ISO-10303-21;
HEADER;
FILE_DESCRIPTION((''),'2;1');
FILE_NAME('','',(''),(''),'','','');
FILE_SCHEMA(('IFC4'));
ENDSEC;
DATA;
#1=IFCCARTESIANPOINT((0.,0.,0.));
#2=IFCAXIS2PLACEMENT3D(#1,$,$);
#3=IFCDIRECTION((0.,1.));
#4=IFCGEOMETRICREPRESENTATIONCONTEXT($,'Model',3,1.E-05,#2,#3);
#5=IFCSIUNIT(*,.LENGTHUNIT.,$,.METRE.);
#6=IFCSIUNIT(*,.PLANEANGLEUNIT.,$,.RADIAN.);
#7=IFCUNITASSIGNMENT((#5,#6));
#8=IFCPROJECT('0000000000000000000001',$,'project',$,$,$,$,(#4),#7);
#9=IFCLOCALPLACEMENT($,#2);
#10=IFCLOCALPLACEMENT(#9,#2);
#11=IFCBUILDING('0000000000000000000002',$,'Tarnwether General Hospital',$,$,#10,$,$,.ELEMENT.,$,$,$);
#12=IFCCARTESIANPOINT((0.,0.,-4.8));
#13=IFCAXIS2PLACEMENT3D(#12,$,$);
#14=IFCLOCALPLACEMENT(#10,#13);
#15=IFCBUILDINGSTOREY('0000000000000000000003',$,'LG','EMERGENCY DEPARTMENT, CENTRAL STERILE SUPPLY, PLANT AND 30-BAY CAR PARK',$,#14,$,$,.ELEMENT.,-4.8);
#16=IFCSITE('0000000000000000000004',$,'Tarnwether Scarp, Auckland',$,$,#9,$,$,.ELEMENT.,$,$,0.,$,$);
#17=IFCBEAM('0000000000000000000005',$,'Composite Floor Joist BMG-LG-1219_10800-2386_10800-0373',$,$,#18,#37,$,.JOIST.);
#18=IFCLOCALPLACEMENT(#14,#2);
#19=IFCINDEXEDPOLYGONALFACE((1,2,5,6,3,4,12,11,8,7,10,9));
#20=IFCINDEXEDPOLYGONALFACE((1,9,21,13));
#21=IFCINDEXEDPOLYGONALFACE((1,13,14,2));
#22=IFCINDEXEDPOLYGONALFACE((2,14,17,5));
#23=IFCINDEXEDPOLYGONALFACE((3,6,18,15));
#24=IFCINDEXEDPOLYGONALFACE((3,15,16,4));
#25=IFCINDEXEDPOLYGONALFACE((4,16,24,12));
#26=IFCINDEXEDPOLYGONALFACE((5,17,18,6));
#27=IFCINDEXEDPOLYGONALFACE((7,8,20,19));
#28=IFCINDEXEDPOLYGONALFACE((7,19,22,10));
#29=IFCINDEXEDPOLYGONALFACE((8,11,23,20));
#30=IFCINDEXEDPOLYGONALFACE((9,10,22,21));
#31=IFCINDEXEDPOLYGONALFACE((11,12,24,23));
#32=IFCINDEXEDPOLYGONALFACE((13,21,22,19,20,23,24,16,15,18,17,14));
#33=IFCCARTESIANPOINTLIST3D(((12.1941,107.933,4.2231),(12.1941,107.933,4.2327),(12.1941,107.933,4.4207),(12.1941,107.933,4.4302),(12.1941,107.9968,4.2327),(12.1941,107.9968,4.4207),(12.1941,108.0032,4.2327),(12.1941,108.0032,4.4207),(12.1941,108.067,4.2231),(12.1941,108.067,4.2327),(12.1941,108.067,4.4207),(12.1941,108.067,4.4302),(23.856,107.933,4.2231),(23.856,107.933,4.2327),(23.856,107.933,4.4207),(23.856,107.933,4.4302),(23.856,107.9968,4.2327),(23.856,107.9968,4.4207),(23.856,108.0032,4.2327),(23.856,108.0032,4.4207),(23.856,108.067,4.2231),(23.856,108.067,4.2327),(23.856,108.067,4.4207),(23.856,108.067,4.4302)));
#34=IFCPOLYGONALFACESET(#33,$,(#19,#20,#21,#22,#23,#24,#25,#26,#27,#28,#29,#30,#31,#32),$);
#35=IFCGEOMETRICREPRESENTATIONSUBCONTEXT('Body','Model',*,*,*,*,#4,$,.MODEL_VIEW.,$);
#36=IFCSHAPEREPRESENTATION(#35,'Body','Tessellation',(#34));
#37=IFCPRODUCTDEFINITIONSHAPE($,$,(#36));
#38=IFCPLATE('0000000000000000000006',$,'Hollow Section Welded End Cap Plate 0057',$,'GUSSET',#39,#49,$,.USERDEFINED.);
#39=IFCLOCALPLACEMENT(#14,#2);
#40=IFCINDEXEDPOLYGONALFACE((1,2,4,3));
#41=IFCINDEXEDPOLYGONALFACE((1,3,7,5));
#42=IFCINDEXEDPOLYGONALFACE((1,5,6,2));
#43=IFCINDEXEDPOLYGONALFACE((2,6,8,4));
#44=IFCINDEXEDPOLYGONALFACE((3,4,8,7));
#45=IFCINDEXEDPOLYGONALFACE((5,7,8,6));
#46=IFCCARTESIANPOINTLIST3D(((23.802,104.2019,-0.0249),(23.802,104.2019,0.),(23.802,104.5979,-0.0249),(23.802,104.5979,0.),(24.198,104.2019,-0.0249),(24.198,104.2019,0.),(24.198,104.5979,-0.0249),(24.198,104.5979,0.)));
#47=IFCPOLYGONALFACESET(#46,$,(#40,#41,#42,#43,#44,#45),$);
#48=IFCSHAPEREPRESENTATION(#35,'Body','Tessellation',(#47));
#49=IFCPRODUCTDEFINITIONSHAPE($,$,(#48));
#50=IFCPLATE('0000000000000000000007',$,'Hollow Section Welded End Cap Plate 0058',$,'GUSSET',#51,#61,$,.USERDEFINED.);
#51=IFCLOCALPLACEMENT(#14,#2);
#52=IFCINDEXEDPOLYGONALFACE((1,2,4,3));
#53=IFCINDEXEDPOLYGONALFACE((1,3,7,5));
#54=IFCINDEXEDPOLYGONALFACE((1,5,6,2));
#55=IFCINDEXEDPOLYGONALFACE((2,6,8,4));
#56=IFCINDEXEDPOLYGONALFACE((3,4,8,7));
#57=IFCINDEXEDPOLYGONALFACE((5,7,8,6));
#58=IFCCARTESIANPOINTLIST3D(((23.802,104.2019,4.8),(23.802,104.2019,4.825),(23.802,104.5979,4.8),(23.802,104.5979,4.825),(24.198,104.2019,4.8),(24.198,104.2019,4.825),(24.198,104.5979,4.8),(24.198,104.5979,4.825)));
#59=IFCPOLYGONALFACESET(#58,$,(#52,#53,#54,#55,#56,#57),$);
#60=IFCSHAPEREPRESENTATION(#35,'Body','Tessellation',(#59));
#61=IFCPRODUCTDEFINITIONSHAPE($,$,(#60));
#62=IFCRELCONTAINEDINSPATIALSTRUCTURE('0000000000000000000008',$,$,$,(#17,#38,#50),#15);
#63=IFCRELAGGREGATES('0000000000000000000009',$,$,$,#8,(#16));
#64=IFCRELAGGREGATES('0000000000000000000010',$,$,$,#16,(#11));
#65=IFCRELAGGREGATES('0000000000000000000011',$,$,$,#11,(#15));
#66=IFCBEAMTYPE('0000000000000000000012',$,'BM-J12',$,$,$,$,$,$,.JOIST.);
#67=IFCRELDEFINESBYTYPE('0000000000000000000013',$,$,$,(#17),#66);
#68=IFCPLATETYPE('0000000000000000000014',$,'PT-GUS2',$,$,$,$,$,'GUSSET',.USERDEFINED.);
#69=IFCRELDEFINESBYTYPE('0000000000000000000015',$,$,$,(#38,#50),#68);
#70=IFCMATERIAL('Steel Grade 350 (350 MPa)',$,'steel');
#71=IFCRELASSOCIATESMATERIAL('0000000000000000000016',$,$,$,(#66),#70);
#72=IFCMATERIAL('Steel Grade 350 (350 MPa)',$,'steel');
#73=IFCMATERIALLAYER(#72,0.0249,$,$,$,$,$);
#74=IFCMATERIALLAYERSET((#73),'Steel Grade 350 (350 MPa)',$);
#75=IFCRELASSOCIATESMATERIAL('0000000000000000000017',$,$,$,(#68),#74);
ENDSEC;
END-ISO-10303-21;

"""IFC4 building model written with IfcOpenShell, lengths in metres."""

from ifc_helpers import new_model, si_unit, direction, frame, origin, origin_2d, place, context, subcontext, project, spatial, rectangle, i_section, extrude, material, layer, layer_set, material_profile, profile_set, type_object, element, save


model = new_model("IFC4")

# Units and contexts
model_context = context("Model", 3, precision=1e-05, world=origin(), true_north=direction((0.0, 1.0)))
body_context = subcontext(model_context, "Body", "Model", "MODEL_VIEW")
ifc_project = project(units=[si_unit("LENGTHUNIT", "METRE"), si_unit("PLANEANGLEUNIT", "RADIAN")], contexts=[model_context])

# Site, building, storey
site_placement = place(None, origin())
site = spatial("IfcSite", under=ifc_project, at=site_placement, Name="Tarnwether Scarp, Auckland", CompositionType="ELEMENT", RefElevation=0.0)
building_placement = place(site_placement, origin())
building = spatial("IfcBuilding", under=site, at=building_placement, Name="Tarnwether General Hospital", CompositionType="ELEMENT")
storey_placement = place(building_placement, frame((0.0, 0.0, -4.8)))
storey = spatial("IfcBuildingStorey", under=building, at=storey_placement, Name="LG", Description="EMERGENCY DEPARTMENT, CENTRAL STERILE SUPPLY, PLANT AND 30-BAY CAR PARK", CompositionType="ELEMENT", Elevation=-4.8)

# Beam
ifc_material_1 = material(Name="Steel Grade 350 (350 MPa)", Category="steel")
ifc_material_profile_1 = material_profile(ifc_material_1, i_section(OverallWidth=0.134, OverallDepth=0.207, WebThickness=0.0063, FlangeThickness=0.0095, at=origin_2d()), Name="200UB29.8")
ifc_profile_set_1 = profile_set([ifc_material_profile_1], Name="Steel Grade 350 (350 MPa)")
beam_type_1 = type_object("IfcBeamType", Name="BM-J12", PredefinedType="JOIST", material=ifc_profile_set_1)
beam_1_placement = place(storey_placement, frame((12.1941, 108.0, 4.3267), z_axis=(1.0, 0.0, 0.0), x_axis=(0.0, 1.0, 0.0)))
element("IfcBeam", 1, at=beam_1_placement, inside=storey, type_object=beam_type_1, Name="Composite Floor Joist BMG-LG-1219_10800-2386_10800-0373", PredefinedType="JOIST", context=body_context, shape_type="SweptSolid", body=[
    extrude(i_section(OverallWidth=0.134, OverallDepth=0.207, WebThickness=0.0063, FlangeThickness=0.0095, at=origin_2d()), origin(), (0.0, 0.0, 1.0), 11.6619),
])

# Plates
ifc_material_2 = material(Name="Steel Grade 350 (350 MPa)", Category="steel")
ifc_layer = layer(ifc_material_2, 0.0249)
ifc_layer_set = layer_set([ifc_layer], Name="Steel Grade 350 (350 MPa)")
plate_type = type_object("IfcPlateType", Name="PT-GUS2", ElementType="GUSSET", PredefinedType="USERDEFINED", material=ifc_layer_set)
for number, where, z_axis, x_axis, name in (
    (2, (24.0, 104.3999, -0.0249), (0.0, 0.0, 1.0), (1.0, 0.0, 0.0), "Hollow Section Welded End Cap Plate 0057"),
    (3, (24.0, 104.3999, 4.8), (0.0, 0.0, 1.0), (1.0, 0.0, 0.0), "Hollow Section Welded End Cap Plate 0058"),
):
    element("IfcPlate", number, at=place(storey_placement, frame(where, z_axis=z_axis, x_axis=x_axis)), inside=storey, type_object=plate_type, Name=name, ObjectType="GUSSET", PredefinedType="USERDEFINED", context=body_context, shape_type="SweptSolid", body=[
        extrude(rectangle(XDim=0.396, YDim=0.396, at=origin_2d()), origin(), (0.0, 0.0, 1.0), 0.0249),
    ])

save(model, "model.ifc")
